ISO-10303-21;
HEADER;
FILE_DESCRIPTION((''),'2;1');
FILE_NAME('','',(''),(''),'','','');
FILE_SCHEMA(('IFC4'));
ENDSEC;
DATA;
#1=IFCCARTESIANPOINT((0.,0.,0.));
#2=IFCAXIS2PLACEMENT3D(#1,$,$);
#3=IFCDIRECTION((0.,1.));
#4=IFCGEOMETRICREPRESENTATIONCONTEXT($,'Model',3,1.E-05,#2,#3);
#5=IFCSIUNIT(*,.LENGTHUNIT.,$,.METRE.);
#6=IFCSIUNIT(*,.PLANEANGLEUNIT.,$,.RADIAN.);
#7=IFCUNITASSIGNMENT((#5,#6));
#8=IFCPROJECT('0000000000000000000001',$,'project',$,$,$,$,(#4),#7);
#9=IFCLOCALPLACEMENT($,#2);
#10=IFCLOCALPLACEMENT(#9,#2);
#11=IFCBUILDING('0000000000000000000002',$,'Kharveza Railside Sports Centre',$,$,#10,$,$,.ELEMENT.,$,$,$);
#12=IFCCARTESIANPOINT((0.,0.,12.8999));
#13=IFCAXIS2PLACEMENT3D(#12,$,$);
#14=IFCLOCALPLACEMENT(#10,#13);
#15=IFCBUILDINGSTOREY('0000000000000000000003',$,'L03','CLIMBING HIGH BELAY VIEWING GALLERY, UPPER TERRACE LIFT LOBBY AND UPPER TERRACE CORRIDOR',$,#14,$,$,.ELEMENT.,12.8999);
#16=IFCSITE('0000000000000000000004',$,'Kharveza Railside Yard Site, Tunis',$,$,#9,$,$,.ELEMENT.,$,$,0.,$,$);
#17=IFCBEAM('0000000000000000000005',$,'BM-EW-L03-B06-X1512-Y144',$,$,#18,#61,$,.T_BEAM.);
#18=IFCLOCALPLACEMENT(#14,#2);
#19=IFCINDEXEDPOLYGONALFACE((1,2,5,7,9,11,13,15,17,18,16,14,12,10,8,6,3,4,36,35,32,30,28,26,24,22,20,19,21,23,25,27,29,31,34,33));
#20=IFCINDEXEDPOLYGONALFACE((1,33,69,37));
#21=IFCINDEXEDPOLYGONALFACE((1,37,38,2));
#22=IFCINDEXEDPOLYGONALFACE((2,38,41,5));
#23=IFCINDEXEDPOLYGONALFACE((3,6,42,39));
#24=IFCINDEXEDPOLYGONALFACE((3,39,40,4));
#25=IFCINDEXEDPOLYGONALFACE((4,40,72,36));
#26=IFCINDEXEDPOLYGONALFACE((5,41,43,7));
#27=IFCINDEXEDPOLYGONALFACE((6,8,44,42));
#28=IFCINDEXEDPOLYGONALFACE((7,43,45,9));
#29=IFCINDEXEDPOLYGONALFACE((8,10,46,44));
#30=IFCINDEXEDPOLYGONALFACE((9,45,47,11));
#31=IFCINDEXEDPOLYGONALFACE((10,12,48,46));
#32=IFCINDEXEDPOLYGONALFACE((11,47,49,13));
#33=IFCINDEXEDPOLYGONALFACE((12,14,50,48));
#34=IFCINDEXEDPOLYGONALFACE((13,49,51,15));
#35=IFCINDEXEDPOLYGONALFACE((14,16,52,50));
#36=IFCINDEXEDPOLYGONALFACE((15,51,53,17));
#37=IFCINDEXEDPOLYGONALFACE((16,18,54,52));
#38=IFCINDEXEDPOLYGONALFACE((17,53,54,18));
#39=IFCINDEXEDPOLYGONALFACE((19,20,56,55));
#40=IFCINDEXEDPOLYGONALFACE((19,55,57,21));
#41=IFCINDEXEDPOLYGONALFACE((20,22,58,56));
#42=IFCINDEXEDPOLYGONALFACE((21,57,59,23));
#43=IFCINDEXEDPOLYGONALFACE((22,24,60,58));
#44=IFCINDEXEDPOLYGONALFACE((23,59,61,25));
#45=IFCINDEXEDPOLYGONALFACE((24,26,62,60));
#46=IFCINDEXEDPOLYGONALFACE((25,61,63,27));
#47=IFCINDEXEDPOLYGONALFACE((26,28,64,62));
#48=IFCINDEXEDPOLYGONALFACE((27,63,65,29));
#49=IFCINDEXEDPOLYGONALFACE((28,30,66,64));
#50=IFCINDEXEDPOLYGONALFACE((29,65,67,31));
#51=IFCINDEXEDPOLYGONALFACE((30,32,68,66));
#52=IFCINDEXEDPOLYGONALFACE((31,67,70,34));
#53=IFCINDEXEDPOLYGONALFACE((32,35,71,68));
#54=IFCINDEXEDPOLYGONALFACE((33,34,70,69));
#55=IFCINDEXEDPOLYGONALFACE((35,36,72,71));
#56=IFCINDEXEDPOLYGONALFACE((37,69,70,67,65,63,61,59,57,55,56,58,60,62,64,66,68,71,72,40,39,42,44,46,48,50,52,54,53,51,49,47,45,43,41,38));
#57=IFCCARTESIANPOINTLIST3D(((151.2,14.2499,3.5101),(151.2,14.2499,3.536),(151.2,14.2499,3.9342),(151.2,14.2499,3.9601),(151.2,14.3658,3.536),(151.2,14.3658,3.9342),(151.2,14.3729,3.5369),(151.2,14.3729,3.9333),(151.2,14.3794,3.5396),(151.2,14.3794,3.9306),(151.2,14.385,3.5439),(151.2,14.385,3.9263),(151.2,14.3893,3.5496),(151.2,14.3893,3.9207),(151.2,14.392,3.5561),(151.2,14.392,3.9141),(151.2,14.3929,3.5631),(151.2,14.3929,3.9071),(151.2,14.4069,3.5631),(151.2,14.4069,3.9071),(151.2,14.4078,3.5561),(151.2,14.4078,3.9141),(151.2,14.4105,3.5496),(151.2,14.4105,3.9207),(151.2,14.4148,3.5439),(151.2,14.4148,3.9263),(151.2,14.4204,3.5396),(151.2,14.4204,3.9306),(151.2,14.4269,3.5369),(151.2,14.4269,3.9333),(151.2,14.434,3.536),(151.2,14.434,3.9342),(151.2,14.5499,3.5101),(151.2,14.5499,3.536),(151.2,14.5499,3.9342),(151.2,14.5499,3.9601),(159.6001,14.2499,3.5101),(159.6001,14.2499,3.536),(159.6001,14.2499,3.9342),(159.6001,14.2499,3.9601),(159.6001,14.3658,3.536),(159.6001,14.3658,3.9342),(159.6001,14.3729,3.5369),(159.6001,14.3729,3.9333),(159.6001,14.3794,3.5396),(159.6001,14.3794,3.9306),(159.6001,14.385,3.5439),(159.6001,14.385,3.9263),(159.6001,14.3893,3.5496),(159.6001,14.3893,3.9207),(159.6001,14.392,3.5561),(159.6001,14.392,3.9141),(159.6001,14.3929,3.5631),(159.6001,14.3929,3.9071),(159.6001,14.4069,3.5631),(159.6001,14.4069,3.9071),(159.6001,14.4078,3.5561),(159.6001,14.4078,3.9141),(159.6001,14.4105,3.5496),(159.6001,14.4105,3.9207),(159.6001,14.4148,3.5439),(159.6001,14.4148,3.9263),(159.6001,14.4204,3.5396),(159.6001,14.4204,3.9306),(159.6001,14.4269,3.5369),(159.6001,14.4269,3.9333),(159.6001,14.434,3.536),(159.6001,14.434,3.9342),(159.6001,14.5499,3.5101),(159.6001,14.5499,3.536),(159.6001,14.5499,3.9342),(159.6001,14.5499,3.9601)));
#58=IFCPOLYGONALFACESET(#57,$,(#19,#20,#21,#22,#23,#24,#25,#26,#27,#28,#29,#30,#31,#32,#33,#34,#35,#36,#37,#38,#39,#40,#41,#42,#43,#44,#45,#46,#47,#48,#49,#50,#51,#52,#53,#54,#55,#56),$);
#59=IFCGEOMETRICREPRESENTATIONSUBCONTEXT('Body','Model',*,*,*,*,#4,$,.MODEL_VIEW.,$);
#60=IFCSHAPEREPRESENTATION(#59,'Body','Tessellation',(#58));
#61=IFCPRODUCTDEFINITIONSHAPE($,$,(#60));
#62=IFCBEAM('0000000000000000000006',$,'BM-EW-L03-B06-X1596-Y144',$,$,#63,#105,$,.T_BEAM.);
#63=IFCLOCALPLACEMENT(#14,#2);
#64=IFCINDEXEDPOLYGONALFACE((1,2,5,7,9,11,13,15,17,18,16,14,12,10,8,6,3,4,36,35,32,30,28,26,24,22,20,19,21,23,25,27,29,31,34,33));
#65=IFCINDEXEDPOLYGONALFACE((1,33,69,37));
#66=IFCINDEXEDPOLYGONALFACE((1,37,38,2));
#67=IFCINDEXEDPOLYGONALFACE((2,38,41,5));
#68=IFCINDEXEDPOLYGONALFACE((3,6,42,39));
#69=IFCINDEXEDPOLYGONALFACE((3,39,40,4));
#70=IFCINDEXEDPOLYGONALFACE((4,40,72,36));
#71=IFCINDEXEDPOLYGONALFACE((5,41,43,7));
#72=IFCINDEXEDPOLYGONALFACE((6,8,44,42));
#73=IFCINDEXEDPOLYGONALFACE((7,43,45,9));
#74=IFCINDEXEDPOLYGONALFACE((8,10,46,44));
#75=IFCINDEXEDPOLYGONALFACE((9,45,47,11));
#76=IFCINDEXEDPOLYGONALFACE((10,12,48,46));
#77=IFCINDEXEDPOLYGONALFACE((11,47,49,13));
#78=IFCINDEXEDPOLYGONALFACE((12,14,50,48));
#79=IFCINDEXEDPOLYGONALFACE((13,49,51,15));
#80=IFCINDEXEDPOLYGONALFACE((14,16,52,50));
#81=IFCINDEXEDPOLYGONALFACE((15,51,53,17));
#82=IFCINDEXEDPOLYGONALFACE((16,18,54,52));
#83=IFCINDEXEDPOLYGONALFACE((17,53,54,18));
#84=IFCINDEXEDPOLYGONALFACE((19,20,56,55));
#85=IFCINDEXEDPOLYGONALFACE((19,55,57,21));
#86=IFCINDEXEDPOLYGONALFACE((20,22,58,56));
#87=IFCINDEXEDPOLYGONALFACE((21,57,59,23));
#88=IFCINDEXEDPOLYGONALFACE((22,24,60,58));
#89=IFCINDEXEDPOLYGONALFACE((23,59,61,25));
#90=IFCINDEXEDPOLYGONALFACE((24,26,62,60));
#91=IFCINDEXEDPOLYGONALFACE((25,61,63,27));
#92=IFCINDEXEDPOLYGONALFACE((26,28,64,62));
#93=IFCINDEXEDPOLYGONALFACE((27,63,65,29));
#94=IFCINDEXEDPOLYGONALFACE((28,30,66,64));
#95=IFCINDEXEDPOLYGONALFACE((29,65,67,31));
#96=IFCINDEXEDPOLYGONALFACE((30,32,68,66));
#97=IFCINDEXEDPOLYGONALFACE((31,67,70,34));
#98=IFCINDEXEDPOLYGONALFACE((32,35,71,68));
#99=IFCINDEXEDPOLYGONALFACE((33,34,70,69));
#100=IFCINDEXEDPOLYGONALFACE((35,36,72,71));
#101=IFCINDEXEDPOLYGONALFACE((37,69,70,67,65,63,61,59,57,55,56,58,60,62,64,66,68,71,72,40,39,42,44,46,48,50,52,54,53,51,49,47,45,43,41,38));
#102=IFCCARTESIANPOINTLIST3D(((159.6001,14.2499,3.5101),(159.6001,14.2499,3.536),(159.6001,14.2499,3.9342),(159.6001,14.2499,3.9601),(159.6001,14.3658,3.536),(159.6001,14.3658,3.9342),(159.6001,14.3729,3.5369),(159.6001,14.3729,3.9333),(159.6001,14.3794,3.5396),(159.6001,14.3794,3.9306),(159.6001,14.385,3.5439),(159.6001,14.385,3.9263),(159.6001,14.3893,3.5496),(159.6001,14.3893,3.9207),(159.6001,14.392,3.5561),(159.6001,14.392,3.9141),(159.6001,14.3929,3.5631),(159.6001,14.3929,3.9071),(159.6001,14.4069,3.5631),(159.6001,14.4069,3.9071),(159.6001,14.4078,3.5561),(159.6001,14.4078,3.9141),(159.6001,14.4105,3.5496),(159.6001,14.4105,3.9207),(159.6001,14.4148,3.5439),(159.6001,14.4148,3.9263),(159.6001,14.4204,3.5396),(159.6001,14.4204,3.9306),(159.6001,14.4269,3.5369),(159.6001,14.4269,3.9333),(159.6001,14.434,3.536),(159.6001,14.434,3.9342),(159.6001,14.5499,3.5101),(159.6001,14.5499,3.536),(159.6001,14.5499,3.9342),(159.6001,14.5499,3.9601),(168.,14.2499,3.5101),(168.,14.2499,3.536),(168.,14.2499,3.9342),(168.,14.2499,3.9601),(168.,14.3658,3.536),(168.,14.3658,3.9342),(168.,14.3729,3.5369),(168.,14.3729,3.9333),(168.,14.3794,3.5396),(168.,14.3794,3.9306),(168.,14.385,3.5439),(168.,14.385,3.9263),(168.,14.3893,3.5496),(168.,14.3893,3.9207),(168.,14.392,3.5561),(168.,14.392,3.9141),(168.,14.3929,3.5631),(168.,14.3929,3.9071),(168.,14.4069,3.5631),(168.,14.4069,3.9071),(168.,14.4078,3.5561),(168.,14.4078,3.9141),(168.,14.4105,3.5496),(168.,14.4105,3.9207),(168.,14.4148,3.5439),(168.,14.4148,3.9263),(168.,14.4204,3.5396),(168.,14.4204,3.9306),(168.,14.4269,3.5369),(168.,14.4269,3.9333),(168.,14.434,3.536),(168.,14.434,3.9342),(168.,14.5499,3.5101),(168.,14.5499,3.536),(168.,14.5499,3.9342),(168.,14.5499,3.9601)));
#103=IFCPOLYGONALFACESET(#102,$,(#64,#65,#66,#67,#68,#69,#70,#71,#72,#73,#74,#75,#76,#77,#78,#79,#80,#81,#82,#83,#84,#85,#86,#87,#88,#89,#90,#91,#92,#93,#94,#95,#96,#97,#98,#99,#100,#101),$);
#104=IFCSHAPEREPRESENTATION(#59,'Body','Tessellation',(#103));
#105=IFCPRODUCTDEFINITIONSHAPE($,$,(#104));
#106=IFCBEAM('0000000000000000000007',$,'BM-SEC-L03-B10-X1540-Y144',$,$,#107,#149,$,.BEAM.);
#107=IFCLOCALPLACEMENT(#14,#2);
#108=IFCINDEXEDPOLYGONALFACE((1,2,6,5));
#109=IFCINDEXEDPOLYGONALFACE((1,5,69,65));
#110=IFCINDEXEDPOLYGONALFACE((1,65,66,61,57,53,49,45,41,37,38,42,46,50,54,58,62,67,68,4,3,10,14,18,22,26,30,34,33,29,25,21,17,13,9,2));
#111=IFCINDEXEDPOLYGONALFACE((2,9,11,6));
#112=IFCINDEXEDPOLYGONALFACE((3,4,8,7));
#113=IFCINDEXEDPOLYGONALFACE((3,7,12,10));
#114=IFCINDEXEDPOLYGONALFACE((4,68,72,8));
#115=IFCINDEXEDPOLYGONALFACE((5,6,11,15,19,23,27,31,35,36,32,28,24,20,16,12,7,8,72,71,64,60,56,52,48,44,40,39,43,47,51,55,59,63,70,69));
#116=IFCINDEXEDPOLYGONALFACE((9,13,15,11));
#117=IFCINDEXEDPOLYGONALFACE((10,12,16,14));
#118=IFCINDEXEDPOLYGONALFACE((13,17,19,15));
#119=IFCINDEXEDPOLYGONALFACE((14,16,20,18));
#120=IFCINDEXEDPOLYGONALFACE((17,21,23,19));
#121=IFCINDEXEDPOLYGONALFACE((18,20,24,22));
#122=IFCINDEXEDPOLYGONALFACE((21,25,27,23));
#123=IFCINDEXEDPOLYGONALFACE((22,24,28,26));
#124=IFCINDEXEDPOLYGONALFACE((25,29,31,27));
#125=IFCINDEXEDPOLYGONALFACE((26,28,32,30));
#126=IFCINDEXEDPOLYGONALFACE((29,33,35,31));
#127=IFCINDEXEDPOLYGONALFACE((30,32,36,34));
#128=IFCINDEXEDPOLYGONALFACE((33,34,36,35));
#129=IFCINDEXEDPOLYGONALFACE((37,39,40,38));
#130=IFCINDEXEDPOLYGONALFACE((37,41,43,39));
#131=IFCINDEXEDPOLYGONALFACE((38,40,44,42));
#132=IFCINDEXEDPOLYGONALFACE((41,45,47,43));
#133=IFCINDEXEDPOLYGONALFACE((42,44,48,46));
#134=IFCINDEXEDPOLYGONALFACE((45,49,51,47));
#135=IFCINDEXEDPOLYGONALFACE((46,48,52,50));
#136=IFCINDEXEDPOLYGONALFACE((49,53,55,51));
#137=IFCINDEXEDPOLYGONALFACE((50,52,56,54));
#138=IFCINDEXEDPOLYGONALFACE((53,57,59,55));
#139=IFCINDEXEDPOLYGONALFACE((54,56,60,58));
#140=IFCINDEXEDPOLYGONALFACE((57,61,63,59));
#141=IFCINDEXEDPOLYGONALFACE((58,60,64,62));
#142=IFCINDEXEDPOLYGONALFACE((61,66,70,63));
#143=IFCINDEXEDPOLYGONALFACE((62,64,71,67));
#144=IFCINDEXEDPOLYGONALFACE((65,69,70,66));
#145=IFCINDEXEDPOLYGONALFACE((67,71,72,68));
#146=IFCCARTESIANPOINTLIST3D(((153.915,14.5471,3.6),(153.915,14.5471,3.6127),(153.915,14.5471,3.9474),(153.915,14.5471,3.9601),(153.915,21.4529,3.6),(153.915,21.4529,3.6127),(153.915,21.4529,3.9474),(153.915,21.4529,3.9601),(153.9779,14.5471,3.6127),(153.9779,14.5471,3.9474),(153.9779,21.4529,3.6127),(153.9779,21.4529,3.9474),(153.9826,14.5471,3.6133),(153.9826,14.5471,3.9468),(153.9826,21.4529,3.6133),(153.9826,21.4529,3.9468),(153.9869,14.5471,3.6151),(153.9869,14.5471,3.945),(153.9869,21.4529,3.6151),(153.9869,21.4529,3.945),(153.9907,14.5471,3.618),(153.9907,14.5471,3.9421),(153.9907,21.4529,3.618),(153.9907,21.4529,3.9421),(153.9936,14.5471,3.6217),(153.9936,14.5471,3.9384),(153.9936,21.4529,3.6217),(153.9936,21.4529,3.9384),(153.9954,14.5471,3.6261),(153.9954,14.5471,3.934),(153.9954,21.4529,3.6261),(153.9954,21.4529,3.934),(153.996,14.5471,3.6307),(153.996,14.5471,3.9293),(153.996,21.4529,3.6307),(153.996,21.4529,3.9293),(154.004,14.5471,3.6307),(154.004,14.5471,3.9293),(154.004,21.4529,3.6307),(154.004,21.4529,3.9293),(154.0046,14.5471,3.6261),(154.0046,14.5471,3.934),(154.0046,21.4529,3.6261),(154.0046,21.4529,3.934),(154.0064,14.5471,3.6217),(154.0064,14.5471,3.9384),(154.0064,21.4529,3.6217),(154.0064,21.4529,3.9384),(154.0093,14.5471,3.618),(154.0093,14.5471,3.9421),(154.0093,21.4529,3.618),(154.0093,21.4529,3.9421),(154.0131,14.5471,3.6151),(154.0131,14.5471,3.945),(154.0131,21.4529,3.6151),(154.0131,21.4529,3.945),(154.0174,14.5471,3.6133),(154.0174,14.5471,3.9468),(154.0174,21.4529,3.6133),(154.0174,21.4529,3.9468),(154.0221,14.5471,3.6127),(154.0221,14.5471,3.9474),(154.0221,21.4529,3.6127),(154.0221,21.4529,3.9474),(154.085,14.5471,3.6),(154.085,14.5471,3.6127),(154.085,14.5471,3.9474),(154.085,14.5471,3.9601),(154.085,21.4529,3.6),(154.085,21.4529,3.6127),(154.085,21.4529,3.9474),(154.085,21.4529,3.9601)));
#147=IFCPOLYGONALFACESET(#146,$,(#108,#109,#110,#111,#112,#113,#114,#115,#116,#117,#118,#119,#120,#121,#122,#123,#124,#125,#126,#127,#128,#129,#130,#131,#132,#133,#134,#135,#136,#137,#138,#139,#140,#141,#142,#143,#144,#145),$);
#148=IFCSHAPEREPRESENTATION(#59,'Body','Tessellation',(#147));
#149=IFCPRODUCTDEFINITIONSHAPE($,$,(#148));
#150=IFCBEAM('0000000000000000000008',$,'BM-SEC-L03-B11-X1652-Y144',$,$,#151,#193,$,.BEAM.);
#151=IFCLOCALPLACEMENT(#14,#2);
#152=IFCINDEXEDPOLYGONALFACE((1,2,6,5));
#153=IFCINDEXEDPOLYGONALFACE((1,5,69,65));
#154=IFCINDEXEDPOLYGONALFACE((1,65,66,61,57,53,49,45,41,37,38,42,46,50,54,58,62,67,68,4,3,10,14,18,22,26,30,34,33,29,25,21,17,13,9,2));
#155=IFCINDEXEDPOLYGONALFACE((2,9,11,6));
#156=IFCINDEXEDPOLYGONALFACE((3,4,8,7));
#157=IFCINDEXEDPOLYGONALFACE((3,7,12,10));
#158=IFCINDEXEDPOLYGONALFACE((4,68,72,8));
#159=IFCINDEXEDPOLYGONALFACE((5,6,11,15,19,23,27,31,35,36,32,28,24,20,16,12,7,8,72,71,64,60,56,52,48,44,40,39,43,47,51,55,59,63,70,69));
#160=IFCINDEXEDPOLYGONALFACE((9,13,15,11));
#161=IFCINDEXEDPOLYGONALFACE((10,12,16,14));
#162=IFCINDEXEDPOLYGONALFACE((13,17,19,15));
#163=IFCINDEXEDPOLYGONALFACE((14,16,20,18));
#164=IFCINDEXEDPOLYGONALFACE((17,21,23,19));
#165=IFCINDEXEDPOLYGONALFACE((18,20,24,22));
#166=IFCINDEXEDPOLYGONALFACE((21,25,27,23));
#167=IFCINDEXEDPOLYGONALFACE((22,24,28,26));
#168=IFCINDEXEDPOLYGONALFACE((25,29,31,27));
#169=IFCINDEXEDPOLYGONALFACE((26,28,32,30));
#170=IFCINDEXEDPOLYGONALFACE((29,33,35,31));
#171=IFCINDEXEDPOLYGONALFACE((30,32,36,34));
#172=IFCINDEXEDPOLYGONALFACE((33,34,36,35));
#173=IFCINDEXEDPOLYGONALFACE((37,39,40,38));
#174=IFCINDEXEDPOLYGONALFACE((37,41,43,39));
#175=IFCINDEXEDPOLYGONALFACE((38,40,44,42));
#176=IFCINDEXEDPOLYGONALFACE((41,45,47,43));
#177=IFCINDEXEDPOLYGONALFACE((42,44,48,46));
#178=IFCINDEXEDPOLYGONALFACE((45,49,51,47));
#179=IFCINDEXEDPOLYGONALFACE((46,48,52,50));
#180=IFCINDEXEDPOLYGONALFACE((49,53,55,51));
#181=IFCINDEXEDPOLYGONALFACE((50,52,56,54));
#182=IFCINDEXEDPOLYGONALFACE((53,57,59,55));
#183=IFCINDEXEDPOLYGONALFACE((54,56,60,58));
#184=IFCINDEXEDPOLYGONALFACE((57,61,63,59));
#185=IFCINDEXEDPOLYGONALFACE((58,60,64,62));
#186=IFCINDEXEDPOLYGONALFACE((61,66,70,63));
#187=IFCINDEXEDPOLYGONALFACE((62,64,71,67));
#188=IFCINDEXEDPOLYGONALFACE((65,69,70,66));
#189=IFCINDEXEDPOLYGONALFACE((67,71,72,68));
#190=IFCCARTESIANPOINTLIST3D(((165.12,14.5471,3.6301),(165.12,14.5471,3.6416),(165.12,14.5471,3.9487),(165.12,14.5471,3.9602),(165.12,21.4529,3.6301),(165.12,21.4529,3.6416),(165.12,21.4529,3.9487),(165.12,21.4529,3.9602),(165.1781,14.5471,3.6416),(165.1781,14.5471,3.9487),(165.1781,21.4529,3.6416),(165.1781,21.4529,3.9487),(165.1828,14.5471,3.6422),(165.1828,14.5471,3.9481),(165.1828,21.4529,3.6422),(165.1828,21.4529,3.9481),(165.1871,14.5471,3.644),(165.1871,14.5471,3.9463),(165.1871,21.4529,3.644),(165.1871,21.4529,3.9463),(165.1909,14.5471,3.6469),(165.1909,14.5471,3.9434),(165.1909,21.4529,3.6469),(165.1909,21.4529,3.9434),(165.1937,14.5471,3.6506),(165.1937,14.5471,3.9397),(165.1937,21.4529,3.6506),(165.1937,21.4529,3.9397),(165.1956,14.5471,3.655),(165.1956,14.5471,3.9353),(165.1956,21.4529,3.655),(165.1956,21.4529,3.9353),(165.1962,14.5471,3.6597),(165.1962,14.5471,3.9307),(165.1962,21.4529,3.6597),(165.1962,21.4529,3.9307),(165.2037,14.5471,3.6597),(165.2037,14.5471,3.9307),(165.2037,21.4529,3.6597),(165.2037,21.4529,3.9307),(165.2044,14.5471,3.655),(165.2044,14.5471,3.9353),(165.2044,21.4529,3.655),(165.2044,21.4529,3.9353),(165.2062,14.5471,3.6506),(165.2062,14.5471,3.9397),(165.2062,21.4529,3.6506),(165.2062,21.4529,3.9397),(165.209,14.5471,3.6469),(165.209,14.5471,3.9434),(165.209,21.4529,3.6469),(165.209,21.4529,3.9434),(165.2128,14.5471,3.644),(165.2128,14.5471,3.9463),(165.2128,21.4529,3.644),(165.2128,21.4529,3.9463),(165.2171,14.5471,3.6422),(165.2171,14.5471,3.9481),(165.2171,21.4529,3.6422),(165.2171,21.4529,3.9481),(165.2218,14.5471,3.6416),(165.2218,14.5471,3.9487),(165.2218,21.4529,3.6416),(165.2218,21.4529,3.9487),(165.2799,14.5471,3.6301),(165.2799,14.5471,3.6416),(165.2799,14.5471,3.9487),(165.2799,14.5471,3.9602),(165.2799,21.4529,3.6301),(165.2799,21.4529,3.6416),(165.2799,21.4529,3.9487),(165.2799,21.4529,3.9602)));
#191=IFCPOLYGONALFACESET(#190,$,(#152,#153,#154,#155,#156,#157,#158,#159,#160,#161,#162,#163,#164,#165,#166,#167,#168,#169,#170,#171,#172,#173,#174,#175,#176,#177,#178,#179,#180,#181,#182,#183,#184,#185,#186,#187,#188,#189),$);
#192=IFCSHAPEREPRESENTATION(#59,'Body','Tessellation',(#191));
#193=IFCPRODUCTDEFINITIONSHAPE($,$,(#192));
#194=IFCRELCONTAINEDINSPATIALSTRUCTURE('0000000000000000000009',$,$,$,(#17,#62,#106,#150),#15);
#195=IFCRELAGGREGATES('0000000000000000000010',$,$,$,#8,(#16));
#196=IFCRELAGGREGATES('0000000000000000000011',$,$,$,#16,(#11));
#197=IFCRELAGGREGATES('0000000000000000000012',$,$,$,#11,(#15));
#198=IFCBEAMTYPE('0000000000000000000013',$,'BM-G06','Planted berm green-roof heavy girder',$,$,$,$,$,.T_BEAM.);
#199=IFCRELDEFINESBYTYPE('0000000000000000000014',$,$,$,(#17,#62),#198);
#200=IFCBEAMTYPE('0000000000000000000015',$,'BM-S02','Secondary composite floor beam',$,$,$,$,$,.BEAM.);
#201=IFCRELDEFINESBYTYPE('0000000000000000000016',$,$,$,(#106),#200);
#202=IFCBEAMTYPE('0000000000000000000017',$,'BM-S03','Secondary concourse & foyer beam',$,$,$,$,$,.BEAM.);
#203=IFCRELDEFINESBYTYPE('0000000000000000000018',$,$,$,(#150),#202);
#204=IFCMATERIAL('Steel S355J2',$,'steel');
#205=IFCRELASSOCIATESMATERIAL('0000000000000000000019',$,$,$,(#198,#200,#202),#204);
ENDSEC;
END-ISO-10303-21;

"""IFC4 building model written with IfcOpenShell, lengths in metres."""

from ifc_helpers import new_model, si_unit, direction, frame, origin, origin_2d, place, context, subcontext, project, spatial, i_section, extrude, material, material_profile, profile_set, type_object, element, save


model = new_model("IFC4")

# Units and contexts
model_context = context("Model", 3, precision=1e-05, world=origin(), true_north=direction((0.0, 1.0)))
body_context = subcontext(model_context, "Body", "Model", "MODEL_VIEW")
ifc_project = project(units=[si_unit("LENGTHUNIT", "METRE"), si_unit("PLANEANGLEUNIT", "RADIAN")], contexts=[model_context])

# Site, building, storey
site_placement = place(None, origin())
site = spatial("IfcSite", under=ifc_project, at=site_placement, Name="Kharveza Railside Yard Site, Tunis", CompositionType="ELEMENT", RefElevation=0.0)
building_placement = place(site_placement, origin())
building = spatial("IfcBuilding", under=site, at=building_placement, Name="Kharveza Railside Sports Centre", CompositionType="ELEMENT")
storey_placement = place(building_placement, frame((0.0, 0.0, 12.8999)))
storey = spatial("IfcBuildingStorey", under=building, at=storey_placement, Name="L03", Description="CLIMBING HIGH BELAY VIEWING GALLERY, UPPER TERRACE LIFT LOBBY AND UPPER TERRACE CORRIDOR", CompositionType="ELEMENT", Elevation=12.8999)

# Shared definitions
ifc_material_1 = material(Name="Steel S355J2", Category="steel")

# Beams
ifc_material_profile_1 = material_profile(ifc_material_1, i_section(OverallWidth=0.3, OverallDepth=0.45, WebThickness=0.0139, FlangeThickness=0.0259, FilletRadius=0.0271, at=origin_2d()), Name="HEB 450")
ifc_profile_set_1 = profile_set([ifc_material_profile_1], Name="Steel S355J2")
beam_type_1 = type_object("IfcBeamType", Name="BM-G06", Description="Planted berm green-roof heavy girder", PredefinedType="T_BEAM", material=ifc_profile_set_1)
beam_1_placement = place(storey_placement, frame((151.2, 14.3999, 3.7351), z_axis=(1.0, 0.0, 0.0), x_axis=(0.0, 1.0, 0.0)))
element("IfcBeam", 1, at=beam_1_placement, inside=storey, type_object=beam_type_1, Name="BM-EW-L03-B06-X1512-Y144", PredefinedType="T_BEAM", context=body_context, shape_type="SweptSolid", body=[
    extrude(i_section(OverallWidth=0.3, OverallDepth=0.45, WebThickness=0.0139, FlangeThickness=0.0259, FilletRadius=0.0271, at=origin_2d()), origin(), (0.0, 0.0, 1.0), 8.4001),
])
beam_2_placement = place(storey_placement, frame((159.6001, 14.3999, 3.7351), z_axis=(1.0, 0.0, 0.0), x_axis=(0.0, 1.0, 0.0)))
element("IfcBeam", 2, at=beam_2_placement, inside=storey, type_object=beam_type_1, Name="BM-EW-L03-B06-X1596-Y144", PredefinedType="T_BEAM", context=body_context, shape_type="SweptSolid", body=[
    extrude(i_section(OverallWidth=0.3, OverallDepth=0.45, WebThickness=0.0139, FlangeThickness=0.0259, FilletRadius=0.0271, at=origin_2d()), origin(), (0.0, 0.0, 1.0), 8.3999),
])
ifc_material_profile_2 = material_profile(ifc_material_1, i_section(OverallWidth=0.1699, OverallDepth=0.3601, WebThickness=0.0081, FlangeThickness=0.0127, FilletRadius=0.0181, at=origin_2d()), Name="IPE 360")
ifc_profile_set_2 = profile_set([ifc_material_profile_2], Name="Steel S355J2")
beam_type_2 = type_object("IfcBeamType", Name="BM-S02", Description="Secondary composite floor beam", PredefinedType="BEAM", material=ifc_profile_set_2)
beam_3_placement = place(storey_placement, frame((154.0, 14.5471, 3.78), z_axis=(0.0, 1.0, 0.0), x_axis=(-1.0, 0.0, 0.0)))
element("IfcBeam", 3, at=beam_3_placement, inside=storey, type_object=beam_type_2, Name="BM-SEC-L03-B10-X1540-Y144", PredefinedType="BEAM", context=body_context, shape_type="SweptSolid", body=[
    extrude(i_section(OverallWidth=0.1699, OverallDepth=0.3601, WebThickness=0.0081, FlangeThickness=0.0127, FilletRadius=0.0181, at=origin_2d()), origin(), (0.0, 0.0, 1.0), 6.9058),
])
ifc_material_profile_3 = material_profile(ifc_material_1, i_section(OverallWidth=0.1599, OverallDepth=0.3301, WebThickness=0.0076, FlangeThickness=0.0115, FilletRadius=0.0181, at=origin_2d()), Name="IPE 330")
ifc_profile_set_3 = profile_set([ifc_material_profile_3], Name="Steel S355J2")
beam_type_3 = type_object("IfcBeamType", Name="BM-S03", Description="Secondary concourse & foyer beam", PredefinedType="BEAM", material=ifc_profile_set_3)
beam_4_placement = place(storey_placement, frame((165.2, 14.5471, 3.7952), z_axis=(0.0, 1.0, 0.0), x_axis=(-1.0, 0.0, 0.0)))
element("IfcBeam", 4, at=beam_4_placement, inside=storey, type_object=beam_type_3, Name="BM-SEC-L03-B11-X1652-Y144", PredefinedType="BEAM", context=body_context, shape_type="SweptSolid", body=[
    extrude(i_section(OverallWidth=0.1599, OverallDepth=0.3301, WebThickness=0.0076, FlangeThickness=0.0115, FilletRadius=0.0181, at=origin_2d()), origin(), (0.0, 0.0, 1.0), 6.9058),
])

save(model, "model.ifc")
